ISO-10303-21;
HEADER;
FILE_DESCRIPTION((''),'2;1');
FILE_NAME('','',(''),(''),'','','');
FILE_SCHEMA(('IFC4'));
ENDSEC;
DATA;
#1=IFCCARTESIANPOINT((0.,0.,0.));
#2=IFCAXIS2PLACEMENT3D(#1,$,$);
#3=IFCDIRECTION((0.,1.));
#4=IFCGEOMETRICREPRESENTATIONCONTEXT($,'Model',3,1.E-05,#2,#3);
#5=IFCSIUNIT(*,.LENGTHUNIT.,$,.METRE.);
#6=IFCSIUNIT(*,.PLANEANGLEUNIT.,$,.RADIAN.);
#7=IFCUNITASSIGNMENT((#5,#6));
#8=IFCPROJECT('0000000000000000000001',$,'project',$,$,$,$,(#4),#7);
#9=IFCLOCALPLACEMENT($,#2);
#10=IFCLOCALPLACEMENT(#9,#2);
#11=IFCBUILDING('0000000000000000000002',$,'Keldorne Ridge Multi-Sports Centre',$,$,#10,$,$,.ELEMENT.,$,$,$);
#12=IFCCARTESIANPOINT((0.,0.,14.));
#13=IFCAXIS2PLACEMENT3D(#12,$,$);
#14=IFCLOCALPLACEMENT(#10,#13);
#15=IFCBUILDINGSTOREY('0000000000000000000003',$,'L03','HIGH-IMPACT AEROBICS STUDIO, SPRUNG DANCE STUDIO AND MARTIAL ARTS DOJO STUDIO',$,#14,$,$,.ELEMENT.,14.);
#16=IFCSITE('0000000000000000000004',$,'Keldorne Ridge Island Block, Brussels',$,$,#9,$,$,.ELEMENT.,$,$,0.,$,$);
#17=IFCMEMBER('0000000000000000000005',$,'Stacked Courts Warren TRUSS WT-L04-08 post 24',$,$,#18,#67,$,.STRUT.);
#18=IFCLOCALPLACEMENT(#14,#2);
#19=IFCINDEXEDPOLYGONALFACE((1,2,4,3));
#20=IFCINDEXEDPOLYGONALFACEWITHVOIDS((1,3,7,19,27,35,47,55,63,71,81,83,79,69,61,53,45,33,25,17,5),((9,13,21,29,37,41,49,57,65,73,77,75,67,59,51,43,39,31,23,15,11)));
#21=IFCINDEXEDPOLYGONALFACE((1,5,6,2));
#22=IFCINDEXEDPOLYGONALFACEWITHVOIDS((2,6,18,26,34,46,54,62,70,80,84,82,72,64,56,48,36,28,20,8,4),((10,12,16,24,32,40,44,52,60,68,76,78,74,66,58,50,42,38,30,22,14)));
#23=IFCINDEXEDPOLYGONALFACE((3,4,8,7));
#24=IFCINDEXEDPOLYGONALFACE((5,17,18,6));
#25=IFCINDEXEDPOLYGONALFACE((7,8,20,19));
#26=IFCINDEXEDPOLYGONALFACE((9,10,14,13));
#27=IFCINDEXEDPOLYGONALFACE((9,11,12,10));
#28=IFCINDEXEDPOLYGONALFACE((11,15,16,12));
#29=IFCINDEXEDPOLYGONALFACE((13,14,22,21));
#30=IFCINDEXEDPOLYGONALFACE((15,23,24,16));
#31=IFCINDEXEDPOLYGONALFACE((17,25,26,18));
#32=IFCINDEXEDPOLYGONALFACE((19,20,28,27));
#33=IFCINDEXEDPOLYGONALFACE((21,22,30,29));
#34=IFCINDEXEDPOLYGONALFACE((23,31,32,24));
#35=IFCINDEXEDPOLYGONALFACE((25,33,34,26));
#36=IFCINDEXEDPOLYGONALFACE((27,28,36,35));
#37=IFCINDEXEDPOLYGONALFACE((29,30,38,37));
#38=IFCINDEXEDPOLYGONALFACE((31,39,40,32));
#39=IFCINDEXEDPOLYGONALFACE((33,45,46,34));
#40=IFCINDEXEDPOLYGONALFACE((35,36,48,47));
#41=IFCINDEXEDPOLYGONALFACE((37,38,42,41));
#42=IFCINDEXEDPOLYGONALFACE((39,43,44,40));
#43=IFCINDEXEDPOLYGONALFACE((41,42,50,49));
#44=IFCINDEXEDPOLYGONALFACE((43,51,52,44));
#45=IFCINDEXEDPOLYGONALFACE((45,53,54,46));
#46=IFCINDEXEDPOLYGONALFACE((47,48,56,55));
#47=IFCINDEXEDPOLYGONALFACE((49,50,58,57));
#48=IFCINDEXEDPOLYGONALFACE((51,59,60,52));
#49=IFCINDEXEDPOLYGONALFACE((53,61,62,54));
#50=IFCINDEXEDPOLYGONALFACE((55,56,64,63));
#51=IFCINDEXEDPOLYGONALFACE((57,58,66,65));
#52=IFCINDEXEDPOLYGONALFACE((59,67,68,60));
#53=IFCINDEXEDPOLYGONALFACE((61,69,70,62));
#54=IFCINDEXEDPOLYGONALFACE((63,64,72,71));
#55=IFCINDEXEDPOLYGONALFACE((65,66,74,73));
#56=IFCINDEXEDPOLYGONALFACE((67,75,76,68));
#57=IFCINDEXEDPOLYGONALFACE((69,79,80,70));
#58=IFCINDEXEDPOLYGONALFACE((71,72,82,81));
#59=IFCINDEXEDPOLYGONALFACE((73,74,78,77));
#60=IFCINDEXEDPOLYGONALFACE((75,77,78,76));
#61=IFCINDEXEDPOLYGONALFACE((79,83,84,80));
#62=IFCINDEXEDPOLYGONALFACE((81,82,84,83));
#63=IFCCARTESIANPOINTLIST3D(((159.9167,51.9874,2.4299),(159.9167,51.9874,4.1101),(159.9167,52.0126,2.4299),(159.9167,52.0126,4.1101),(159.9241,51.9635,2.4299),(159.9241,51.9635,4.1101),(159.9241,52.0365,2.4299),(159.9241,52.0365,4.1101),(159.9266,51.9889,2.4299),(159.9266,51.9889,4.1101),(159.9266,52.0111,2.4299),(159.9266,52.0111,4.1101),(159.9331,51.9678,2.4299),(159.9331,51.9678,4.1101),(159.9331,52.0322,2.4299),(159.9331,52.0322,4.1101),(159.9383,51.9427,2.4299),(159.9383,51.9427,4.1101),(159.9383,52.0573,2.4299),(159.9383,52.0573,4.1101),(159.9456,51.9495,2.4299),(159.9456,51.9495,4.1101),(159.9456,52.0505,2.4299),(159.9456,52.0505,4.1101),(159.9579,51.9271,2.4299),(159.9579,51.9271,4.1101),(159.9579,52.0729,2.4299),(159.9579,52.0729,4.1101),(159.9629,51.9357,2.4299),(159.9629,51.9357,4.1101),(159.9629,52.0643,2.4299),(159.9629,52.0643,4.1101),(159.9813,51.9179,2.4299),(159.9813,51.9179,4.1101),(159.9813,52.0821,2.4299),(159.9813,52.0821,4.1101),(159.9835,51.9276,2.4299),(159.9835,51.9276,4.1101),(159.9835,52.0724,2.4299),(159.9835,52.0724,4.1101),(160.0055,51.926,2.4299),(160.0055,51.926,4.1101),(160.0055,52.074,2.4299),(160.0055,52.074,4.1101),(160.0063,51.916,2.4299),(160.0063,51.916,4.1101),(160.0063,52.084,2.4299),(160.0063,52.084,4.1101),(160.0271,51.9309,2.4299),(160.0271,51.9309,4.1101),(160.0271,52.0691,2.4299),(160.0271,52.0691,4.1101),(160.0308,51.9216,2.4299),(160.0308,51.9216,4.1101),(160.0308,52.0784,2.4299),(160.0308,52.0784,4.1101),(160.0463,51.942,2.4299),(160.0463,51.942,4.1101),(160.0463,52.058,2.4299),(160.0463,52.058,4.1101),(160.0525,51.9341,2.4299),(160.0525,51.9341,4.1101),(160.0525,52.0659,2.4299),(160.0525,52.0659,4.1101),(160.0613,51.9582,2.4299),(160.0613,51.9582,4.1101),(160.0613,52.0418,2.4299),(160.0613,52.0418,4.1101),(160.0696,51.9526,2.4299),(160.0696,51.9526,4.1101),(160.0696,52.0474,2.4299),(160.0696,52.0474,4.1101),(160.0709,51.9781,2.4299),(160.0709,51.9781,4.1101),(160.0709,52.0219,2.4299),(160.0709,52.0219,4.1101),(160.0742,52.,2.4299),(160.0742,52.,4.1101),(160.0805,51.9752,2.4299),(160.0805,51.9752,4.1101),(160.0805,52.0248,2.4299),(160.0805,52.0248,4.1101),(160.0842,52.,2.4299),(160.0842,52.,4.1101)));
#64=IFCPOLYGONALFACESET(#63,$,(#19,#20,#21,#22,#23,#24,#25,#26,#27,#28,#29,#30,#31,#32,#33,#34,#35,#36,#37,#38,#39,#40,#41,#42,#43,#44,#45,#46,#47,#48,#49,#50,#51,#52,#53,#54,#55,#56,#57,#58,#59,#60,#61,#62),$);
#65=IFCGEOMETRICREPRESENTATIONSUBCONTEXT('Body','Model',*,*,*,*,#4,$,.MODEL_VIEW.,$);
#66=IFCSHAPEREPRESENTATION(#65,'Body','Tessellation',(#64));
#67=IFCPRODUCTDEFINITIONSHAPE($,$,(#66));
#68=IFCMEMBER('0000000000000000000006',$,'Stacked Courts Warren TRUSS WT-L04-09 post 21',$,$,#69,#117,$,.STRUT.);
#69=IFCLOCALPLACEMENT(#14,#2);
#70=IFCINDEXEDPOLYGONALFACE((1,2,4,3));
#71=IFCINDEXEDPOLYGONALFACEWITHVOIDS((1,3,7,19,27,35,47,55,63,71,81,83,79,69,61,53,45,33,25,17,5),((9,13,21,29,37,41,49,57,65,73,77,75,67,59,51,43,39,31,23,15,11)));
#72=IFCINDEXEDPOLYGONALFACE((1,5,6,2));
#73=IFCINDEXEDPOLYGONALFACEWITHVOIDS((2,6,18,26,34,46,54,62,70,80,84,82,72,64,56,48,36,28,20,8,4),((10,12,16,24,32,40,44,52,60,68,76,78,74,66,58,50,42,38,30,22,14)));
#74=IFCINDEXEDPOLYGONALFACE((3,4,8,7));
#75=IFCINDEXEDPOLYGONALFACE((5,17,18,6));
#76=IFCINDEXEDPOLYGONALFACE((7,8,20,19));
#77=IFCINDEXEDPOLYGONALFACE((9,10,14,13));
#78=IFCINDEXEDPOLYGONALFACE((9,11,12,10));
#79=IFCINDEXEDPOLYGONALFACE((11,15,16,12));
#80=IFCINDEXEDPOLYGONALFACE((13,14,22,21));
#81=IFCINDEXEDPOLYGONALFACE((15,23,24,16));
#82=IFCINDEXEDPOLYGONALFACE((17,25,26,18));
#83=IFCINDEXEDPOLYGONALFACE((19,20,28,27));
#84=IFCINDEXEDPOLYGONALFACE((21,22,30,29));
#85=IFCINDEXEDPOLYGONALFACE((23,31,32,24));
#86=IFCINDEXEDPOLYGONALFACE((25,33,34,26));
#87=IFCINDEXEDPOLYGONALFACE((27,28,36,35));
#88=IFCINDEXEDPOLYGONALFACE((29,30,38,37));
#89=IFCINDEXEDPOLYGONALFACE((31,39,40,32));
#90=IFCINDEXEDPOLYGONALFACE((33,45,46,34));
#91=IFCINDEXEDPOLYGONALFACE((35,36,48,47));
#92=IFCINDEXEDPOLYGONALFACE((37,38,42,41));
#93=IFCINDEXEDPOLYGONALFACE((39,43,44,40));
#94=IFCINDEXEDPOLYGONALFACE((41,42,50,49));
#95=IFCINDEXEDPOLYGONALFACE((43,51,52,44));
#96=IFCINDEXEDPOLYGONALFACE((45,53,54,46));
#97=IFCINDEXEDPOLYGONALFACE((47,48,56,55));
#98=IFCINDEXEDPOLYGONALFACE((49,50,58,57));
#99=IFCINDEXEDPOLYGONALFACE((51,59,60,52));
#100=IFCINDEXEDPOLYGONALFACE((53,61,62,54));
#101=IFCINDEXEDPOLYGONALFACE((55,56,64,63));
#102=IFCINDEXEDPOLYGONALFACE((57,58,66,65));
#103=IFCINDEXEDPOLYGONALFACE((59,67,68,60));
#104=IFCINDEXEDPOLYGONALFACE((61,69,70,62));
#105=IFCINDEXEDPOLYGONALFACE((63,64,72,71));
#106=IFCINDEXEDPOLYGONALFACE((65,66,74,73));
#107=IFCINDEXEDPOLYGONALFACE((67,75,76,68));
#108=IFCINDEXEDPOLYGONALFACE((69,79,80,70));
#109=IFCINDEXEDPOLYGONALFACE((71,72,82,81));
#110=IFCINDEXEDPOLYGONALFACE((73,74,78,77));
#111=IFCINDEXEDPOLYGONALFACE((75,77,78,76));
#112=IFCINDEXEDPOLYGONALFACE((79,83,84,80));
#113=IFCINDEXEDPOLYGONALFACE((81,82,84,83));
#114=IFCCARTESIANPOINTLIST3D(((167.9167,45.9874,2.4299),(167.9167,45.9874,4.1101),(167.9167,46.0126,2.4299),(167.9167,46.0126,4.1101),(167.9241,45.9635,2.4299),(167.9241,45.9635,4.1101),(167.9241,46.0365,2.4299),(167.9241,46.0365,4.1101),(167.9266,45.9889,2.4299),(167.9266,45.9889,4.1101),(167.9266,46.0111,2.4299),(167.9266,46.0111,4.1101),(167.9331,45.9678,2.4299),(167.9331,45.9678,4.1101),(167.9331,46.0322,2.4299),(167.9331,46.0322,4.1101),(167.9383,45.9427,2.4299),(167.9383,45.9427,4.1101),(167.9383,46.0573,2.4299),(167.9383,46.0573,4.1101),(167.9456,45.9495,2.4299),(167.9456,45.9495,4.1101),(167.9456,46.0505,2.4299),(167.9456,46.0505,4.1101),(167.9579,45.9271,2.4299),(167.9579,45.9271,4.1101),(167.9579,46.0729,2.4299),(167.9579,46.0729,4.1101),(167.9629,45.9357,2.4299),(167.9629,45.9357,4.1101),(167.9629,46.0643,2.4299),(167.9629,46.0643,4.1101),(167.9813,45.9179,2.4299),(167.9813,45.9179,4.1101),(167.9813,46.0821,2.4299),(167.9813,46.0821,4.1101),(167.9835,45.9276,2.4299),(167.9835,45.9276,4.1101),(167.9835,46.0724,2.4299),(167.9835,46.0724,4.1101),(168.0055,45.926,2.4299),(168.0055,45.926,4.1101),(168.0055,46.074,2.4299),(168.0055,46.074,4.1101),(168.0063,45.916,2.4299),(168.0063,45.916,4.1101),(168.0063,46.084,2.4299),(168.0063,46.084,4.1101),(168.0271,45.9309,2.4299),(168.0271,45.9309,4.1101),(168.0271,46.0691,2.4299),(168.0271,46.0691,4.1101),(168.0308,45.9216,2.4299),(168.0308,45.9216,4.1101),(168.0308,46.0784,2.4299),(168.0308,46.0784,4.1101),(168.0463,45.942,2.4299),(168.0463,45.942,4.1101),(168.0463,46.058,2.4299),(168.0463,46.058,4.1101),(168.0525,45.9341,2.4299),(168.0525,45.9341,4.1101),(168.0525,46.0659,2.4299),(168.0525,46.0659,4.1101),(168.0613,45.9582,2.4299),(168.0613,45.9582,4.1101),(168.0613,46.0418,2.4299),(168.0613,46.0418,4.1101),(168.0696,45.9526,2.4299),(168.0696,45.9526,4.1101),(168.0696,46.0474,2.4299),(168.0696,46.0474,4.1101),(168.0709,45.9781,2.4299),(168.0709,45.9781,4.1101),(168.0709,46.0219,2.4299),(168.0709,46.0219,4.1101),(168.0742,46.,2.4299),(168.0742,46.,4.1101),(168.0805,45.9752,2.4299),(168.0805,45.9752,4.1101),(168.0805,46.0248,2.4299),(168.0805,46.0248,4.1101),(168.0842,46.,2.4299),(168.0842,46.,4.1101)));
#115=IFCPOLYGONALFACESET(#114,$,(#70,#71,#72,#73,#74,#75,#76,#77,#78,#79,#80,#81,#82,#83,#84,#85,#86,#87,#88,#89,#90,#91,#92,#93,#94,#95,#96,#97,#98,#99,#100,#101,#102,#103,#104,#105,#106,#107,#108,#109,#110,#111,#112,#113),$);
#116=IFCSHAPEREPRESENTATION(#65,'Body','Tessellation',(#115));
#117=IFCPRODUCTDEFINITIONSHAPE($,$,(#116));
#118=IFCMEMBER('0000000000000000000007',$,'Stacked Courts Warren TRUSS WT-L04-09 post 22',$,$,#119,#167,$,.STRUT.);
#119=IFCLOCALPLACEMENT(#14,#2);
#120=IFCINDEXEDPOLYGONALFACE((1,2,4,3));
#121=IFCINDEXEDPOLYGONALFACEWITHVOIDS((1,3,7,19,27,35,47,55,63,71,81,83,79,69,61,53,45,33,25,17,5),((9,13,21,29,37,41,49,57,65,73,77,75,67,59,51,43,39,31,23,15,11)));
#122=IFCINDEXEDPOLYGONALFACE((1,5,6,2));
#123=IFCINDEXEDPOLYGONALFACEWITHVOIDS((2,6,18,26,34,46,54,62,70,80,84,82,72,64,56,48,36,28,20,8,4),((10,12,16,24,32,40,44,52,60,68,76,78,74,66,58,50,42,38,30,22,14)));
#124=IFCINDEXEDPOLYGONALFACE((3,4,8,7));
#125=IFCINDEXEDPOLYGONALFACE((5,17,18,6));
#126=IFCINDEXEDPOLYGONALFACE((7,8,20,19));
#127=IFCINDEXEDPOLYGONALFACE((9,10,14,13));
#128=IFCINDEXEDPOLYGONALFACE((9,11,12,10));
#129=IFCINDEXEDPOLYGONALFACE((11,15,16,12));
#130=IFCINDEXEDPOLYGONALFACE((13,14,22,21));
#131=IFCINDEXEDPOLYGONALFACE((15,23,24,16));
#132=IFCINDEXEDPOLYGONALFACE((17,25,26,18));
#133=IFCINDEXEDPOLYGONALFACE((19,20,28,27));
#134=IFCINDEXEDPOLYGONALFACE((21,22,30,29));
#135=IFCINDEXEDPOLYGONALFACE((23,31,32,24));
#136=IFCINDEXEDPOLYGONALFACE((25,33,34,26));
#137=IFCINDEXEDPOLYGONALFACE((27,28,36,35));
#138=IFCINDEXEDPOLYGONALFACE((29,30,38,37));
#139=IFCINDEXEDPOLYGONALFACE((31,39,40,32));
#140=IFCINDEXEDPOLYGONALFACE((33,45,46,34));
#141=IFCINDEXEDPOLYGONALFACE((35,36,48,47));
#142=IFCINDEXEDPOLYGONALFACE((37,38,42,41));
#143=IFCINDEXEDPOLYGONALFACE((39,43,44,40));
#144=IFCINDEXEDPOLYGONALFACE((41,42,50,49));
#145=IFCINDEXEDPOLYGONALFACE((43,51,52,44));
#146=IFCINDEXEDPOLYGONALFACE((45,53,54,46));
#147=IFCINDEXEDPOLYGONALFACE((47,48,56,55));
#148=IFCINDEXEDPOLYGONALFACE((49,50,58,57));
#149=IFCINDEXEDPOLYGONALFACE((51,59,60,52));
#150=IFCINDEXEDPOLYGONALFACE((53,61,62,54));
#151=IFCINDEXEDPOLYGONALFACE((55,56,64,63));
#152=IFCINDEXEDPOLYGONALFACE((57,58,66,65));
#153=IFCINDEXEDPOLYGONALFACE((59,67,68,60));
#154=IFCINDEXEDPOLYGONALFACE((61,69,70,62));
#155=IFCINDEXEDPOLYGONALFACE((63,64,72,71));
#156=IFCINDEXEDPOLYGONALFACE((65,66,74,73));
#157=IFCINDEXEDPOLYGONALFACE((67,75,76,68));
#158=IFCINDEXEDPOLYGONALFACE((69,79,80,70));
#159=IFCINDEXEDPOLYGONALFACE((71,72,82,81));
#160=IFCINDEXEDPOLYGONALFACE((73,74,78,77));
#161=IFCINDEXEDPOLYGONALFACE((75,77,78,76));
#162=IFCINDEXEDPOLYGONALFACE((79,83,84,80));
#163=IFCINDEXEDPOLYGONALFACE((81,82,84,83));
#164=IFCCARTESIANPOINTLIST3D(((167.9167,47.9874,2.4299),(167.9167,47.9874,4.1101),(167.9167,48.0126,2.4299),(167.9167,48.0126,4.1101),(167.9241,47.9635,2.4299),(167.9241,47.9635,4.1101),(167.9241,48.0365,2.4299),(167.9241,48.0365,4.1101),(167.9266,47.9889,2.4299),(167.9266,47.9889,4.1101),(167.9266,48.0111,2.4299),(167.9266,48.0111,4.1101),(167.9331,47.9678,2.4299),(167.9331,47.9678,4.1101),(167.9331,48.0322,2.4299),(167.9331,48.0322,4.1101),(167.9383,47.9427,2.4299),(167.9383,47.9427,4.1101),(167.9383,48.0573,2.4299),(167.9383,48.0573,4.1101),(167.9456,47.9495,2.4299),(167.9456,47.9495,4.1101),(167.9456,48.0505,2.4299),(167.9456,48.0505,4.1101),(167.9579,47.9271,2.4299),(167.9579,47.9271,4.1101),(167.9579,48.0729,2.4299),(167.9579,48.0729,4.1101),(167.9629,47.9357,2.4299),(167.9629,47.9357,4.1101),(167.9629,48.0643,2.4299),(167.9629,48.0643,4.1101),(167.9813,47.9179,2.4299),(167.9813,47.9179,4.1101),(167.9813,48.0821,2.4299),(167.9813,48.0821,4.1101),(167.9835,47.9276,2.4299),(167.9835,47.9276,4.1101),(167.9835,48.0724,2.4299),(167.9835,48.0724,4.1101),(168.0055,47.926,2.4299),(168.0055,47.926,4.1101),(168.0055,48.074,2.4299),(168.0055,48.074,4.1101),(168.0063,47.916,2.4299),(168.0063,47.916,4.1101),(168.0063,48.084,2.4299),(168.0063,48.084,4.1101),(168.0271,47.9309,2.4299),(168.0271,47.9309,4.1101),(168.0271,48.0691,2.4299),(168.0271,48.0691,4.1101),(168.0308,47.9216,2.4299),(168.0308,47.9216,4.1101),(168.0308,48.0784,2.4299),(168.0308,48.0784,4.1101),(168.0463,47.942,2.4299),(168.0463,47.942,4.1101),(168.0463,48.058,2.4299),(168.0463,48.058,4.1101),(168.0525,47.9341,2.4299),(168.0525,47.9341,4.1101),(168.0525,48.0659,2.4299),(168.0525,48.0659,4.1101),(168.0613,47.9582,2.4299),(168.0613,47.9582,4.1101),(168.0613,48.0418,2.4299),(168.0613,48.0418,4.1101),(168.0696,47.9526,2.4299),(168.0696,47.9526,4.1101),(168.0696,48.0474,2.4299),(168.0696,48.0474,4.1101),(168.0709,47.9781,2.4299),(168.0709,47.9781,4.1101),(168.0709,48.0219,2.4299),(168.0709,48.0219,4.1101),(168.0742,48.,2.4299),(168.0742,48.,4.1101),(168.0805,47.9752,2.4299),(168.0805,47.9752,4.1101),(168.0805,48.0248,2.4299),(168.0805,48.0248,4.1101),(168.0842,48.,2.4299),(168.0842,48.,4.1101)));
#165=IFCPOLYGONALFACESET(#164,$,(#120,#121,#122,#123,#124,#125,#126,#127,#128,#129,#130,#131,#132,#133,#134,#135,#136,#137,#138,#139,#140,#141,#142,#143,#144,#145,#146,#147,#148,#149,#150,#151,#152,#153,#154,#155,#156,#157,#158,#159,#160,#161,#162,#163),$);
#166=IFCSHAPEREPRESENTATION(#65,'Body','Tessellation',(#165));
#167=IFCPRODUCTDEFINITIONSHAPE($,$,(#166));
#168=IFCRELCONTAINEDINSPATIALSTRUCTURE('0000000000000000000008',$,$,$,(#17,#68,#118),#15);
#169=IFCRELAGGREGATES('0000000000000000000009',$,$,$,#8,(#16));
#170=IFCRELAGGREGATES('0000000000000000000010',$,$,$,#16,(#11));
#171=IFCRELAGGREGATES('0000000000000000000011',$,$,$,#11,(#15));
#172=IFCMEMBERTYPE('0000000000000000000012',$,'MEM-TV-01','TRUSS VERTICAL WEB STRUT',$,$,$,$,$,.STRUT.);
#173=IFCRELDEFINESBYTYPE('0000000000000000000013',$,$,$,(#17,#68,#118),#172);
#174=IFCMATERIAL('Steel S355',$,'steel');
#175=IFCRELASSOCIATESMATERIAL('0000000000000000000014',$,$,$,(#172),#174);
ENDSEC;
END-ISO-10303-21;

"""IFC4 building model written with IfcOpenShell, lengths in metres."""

from ifc_helpers import new_model, si_unit, direction, frame, origin, origin_2d, place, context, subcontext, project, spatial, hollow_circle, extrude, material, material_profile, profile_set, type_object, element, save


model = new_model("IFC4")

# Units and contexts
model_context = context("Model", 3, precision=1e-05, world=origin(), true_north=direction((0.0, 1.0)))
body_context = subcontext(model_context, "Body", "Model", "MODEL_VIEW")
ifc_project = project(units=[si_unit("LENGTHUNIT", "METRE"), si_unit("PLANEANGLEUNIT", "RADIAN")], contexts=[model_context])

# Site, building, storey
site_placement = place(None, origin())
site = spatial("IfcSite", under=ifc_project, at=site_placement, Name="Keldorne Ridge Island Block, Brussels", CompositionType="ELEMENT", RefElevation=0.0)
building_placement = place(site_placement, origin())
building = spatial("IfcBuilding", under=site, at=building_placement, Name="Keldorne Ridge Multi-Sports Centre", CompositionType="ELEMENT")
storey_placement = place(building_placement, frame((0.0, 0.0, 14.0)))
storey = spatial("IfcBuildingStorey", under=building, at=storey_placement, Name="L03", Description="HIGH-IMPACT AEROBICS STUDIO, SPRUNG DANCE STUDIO AND MARTIAL ARTS DOJO STUDIO", CompositionType="ELEMENT", Elevation=14.0)

# Shared definitions
ifc_material_1 = material(Name="Steel S355", Category="steel")

# Members
ifc_material_profile_1 = material_profile(ifc_material_1, hollow_circle(Radius=0.0842, WallThickness=0.01, at=origin_2d()), Name="CHS 168.3x10")
ifc_profile_set_1 = profile_set([ifc_material_profile_1], Name="Steel S355")
member_type_1 = type_object("IfcMemberType", Name="MEM-TV-01", Description="TRUSS VERTICAL WEB STRUT", PredefinedType="STRUT", material=ifc_profile_set_1)
for number, where, z_axis, x_axis, name in (
    (1, (160.0, 52.0, 2.4299), (0.0, 0.0, 1.0), (1.0, 0.0, 0.0), "Stacked Courts Warren TRUSS WT-L04-08 post 24"),
    (2, (168.0, 46.0, 2.4299), (0.0, 0.0, 1.0), (1.0, 0.0, 0.0), "Stacked Courts Warren TRUSS WT-L04-09 post 21"),
    (3, (168.0, 48.0, 2.4299), (0.0, 0.0, 1.0), (1.0, 0.0, 0.0), "Stacked Courts Warren TRUSS WT-L04-09 post 22"),
):
    element("IfcMember", number, at=place(storey_placement, frame(where, z_axis=z_axis, x_axis=x_axis)), inside=storey, type_object=member_type_1, Name=name, PredefinedType="STRUT", context=body_context, shape_type="SweptSolid", body=[
        extrude(hollow_circle(Radius=0.0842, WallThickness=0.01, at=origin_2d()), origin(), (0.0, 0.0, 1.0), 1.6802),
    ])

save(model, "model.ifc")
